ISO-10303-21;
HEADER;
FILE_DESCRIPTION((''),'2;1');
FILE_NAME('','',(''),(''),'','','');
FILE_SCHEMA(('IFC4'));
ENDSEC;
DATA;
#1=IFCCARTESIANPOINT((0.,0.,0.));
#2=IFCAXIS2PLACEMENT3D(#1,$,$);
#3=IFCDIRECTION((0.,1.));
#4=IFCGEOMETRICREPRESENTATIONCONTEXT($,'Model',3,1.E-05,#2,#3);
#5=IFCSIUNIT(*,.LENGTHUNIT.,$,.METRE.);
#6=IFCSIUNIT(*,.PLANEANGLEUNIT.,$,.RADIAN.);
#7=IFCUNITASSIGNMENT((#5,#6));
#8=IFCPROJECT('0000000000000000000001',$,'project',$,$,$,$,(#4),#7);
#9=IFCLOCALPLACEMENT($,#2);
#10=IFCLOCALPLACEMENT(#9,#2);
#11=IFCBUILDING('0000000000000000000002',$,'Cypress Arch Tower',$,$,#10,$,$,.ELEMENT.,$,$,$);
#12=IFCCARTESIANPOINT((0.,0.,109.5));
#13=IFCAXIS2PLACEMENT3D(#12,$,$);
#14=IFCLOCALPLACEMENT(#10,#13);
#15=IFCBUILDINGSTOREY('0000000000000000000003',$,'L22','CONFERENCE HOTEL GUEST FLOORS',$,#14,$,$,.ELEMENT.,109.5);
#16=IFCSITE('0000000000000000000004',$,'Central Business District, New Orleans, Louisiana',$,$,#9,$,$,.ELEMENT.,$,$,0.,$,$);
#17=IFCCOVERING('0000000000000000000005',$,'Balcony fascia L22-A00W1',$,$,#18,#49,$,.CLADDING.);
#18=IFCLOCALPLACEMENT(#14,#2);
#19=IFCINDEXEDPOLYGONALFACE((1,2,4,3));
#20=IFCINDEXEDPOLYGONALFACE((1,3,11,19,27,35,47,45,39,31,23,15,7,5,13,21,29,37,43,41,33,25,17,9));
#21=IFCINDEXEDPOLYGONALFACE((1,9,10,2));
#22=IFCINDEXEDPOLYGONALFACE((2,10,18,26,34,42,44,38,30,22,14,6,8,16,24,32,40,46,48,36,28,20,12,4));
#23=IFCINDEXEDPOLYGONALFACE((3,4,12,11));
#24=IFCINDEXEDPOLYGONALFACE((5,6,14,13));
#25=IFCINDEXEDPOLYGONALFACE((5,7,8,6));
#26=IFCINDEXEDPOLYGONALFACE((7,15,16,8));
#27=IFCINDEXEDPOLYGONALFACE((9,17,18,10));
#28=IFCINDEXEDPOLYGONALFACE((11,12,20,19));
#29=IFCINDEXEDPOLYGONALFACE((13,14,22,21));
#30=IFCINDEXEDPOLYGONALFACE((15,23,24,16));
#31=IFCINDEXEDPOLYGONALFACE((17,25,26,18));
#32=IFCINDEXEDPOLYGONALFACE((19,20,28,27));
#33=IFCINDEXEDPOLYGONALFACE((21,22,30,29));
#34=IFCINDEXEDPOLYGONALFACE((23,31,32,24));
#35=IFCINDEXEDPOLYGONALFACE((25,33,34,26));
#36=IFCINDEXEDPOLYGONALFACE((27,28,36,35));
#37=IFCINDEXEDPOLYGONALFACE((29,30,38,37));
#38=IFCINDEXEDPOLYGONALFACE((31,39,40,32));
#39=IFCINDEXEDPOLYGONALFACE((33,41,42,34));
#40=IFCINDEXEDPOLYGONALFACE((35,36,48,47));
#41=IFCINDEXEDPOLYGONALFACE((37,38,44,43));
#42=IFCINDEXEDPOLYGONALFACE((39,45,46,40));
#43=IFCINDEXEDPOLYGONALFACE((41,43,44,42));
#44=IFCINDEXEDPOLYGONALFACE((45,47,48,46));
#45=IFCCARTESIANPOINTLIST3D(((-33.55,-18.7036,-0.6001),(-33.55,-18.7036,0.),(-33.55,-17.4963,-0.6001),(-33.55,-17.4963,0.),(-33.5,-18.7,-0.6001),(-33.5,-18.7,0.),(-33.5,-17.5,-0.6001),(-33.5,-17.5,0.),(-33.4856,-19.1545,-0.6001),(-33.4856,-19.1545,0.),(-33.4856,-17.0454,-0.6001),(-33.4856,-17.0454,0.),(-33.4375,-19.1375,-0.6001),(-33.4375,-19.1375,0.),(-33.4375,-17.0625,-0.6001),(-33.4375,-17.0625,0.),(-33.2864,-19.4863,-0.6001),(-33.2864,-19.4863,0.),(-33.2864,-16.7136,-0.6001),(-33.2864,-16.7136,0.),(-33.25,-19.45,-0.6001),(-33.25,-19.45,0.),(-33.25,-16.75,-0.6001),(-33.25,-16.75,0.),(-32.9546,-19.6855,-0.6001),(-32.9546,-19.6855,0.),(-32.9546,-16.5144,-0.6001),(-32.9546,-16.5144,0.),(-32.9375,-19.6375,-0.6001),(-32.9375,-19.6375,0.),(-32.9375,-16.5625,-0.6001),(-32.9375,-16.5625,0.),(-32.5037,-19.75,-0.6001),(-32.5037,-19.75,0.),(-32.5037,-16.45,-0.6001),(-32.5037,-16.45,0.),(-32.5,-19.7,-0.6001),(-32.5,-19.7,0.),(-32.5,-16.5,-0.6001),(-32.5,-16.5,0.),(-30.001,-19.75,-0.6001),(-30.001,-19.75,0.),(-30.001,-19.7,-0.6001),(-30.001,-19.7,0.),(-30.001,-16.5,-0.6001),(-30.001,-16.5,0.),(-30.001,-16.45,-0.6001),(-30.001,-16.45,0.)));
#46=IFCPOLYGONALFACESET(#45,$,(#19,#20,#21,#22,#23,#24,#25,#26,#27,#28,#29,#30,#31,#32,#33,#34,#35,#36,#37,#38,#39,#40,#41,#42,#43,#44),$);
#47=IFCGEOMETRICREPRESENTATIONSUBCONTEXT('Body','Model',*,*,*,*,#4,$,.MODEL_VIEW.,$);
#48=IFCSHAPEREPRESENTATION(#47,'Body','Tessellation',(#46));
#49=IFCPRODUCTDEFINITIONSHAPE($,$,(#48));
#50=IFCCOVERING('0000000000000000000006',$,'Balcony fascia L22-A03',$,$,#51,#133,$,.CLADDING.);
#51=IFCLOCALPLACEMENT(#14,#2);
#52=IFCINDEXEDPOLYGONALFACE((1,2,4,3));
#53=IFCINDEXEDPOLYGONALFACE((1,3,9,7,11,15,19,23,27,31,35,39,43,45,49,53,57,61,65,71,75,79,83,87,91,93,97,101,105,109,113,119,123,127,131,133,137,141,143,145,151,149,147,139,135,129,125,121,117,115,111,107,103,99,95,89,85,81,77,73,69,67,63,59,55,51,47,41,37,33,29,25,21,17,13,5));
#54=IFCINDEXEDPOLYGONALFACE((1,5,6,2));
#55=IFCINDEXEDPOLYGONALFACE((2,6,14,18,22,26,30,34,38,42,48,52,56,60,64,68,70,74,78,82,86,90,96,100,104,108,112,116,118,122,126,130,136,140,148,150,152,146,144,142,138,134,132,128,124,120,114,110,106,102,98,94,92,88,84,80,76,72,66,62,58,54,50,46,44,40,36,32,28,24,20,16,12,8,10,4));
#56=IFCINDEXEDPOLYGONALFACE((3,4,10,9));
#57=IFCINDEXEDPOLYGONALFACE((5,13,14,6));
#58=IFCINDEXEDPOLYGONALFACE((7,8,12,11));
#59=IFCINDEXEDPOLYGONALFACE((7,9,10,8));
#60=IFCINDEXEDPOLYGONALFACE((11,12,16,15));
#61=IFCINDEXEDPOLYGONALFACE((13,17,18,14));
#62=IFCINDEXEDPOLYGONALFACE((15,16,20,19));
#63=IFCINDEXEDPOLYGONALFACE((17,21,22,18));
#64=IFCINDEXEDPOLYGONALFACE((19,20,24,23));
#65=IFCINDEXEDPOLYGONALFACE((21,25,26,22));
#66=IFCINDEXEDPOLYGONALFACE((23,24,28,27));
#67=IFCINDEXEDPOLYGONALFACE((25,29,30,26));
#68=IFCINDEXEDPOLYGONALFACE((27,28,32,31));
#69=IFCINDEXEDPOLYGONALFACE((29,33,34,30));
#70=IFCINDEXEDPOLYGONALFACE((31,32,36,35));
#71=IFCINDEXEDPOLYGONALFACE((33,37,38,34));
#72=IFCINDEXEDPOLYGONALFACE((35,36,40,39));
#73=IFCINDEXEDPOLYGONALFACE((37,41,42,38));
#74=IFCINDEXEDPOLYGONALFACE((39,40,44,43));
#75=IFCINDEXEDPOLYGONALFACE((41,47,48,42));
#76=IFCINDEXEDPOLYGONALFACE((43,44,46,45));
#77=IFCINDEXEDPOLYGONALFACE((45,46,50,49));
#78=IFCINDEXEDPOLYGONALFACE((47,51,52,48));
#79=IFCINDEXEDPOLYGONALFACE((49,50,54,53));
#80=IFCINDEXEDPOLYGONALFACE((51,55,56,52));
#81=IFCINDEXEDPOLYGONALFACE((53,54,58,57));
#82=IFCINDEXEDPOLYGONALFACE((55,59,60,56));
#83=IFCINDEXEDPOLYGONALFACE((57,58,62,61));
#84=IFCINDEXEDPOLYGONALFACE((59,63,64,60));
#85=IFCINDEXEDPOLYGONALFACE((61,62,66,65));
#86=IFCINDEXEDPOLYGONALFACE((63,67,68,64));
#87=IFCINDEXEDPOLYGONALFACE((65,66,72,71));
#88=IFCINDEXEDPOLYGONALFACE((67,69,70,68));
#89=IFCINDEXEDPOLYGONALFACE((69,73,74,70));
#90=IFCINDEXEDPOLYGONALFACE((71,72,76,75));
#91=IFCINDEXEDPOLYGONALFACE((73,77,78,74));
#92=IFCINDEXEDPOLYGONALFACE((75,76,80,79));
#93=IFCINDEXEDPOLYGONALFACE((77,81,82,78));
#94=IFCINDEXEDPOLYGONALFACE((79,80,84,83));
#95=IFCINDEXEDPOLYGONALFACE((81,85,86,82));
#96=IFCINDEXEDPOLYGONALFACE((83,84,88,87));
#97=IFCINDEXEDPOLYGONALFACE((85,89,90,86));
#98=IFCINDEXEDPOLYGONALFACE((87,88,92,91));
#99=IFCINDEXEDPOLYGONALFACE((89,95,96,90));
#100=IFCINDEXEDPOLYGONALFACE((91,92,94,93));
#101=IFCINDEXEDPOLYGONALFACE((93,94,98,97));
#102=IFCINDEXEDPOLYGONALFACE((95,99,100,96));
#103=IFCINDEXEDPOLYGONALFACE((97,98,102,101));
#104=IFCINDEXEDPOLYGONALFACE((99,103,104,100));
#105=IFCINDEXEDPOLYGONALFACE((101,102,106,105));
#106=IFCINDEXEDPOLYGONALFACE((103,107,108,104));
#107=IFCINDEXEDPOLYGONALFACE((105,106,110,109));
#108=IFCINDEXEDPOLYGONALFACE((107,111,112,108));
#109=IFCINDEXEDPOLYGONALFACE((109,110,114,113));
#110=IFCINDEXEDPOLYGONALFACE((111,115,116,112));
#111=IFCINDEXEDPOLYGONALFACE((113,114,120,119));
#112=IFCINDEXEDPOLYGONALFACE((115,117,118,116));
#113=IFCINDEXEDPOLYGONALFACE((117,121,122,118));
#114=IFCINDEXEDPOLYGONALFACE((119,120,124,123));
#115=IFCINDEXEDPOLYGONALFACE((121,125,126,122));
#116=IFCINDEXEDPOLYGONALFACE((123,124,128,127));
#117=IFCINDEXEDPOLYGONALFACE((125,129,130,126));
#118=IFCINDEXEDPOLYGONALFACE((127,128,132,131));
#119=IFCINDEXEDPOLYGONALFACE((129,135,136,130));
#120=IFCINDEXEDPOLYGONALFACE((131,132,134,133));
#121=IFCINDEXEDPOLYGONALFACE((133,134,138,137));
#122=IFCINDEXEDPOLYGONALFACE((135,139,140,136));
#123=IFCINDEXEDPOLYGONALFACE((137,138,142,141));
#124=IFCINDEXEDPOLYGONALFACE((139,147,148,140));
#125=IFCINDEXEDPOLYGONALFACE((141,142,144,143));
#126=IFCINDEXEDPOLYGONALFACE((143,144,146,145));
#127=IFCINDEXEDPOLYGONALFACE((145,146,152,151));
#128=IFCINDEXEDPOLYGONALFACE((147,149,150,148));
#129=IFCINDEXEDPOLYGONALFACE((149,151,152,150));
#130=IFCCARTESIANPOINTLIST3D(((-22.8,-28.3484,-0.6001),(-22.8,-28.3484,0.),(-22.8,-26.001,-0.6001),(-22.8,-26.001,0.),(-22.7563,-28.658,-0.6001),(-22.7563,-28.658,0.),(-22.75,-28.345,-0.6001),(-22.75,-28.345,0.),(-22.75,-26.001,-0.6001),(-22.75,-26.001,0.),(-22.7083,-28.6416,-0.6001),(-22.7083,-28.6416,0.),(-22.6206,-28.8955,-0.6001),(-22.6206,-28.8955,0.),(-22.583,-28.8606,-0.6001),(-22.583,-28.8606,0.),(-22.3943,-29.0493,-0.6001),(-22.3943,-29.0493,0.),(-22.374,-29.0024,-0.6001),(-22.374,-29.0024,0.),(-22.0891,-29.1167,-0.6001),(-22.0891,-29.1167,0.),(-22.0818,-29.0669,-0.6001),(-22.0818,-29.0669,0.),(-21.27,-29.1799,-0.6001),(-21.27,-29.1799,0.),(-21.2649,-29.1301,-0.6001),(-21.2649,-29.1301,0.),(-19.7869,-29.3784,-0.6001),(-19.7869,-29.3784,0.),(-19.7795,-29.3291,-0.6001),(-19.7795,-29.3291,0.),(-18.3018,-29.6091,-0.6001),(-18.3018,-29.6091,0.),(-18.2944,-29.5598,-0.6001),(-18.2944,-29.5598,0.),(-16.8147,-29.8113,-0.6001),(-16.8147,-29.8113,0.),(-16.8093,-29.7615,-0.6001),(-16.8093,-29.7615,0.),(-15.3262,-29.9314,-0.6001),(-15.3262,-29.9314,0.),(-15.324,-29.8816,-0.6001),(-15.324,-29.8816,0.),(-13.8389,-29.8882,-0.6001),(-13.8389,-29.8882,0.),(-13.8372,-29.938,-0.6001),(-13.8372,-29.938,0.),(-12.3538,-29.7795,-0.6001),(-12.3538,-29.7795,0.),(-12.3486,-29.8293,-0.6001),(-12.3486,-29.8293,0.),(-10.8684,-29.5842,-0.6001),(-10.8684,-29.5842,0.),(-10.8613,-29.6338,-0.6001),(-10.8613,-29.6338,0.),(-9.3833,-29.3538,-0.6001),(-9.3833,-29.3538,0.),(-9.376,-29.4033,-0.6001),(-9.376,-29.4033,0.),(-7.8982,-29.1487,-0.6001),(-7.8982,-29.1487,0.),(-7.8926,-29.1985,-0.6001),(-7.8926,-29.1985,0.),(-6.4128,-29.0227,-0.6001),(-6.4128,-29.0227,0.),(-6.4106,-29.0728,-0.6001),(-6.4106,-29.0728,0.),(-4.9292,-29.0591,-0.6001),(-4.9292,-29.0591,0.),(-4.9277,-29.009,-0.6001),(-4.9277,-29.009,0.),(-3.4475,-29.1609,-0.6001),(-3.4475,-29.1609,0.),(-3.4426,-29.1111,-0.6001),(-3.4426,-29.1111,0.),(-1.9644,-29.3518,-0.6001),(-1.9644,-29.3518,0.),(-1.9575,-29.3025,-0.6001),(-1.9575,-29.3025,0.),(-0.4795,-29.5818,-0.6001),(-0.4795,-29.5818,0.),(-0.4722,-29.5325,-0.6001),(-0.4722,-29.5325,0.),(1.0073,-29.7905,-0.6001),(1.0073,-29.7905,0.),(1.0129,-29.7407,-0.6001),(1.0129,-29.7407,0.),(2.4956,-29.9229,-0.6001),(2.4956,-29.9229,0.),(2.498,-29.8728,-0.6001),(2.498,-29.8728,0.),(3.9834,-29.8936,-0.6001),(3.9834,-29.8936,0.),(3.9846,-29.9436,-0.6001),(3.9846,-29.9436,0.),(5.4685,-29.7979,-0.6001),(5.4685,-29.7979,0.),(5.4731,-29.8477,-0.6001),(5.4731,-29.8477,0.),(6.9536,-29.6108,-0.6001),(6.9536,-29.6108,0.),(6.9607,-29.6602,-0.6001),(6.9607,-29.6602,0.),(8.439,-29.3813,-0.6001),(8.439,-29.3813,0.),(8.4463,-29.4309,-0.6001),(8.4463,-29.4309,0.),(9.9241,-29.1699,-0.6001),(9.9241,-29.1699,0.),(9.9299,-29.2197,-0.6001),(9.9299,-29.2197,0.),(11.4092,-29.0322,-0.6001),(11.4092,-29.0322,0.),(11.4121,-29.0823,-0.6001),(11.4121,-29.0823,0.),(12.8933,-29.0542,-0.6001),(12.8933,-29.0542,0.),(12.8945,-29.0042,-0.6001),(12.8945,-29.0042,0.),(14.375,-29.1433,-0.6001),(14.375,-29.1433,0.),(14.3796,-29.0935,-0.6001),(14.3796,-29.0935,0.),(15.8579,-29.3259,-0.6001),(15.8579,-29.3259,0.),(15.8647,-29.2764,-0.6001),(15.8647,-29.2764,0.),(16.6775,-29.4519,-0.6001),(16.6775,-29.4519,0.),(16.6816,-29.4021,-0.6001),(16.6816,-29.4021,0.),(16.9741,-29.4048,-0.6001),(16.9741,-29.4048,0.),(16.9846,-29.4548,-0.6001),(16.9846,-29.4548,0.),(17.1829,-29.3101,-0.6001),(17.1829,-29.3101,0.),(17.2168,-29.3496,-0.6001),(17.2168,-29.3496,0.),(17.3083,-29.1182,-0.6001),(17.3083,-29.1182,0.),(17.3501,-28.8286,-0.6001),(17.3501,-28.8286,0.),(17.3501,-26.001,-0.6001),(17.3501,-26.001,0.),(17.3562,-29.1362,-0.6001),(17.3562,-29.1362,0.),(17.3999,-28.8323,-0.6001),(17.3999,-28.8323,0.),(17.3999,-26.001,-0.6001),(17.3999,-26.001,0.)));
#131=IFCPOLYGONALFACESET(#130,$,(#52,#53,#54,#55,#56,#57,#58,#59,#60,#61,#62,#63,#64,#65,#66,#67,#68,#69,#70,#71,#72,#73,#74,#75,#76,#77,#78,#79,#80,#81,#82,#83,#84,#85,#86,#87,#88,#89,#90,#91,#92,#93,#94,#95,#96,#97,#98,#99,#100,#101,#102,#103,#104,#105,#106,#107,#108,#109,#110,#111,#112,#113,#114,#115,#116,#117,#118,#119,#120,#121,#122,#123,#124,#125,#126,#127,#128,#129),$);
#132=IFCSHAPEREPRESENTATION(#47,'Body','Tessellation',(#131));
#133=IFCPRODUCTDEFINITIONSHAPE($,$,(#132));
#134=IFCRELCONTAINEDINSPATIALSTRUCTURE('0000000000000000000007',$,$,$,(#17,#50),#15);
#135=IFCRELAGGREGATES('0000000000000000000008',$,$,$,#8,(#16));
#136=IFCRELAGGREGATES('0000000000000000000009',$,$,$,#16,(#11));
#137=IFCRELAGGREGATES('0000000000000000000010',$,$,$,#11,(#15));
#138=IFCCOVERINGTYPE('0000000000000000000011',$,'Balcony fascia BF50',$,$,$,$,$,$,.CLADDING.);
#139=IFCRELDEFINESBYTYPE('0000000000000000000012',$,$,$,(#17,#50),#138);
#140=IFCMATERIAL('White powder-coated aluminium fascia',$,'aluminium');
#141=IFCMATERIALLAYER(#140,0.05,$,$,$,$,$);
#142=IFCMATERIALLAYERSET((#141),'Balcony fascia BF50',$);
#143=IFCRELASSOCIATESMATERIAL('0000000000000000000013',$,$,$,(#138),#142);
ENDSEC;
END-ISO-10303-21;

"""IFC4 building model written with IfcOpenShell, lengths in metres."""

from ifc_helpers import new_model, si_unit, direction, frame, origin, place, context, subcontext, project, spatial, polyline, outline, extrude, material, layer, layer_set, type_object, element, save


model = new_model("IFC4")

# Units and contexts
model_context = context("Model", 3, precision=1e-05, world=origin(), true_north=direction((0.0, 1.0)))
body_context = subcontext(model_context, "Body", "Model", "MODEL_VIEW")
ifc_project = project(units=[si_unit("LENGTHUNIT", "METRE"), si_unit("PLANEANGLEUNIT", "RADIAN")], contexts=[model_context])

# Site, building, storey
site_placement = place(None, origin())
site = spatial("IfcSite", under=ifc_project, at=site_placement, Name="Central Business District, New Orleans, Louisiana", CompositionType="ELEMENT", RefElevation=0.0)
building_placement = place(site_placement, origin())
building = spatial("IfcBuilding", under=site, at=building_placement, Name="Cypress Arch Tower", CompositionType="ELEMENT")
storey_placement = place(building_placement, frame((0.0, 0.0, 109.5)))
storey = spatial("IfcBuildingStorey", under=building, at=storey_placement, Name="L22", Description="CONFERENCE HOTEL GUEST FLOORS", CompositionType="ELEMENT", Elevation=109.5)

# Coverings
ifc_material_1 = material(Name="White powder-coated aluminium fascia", Category="aluminium")
ifc_layer_1 = layer(ifc_material_1, 0.05)
ifc_layer_set_1 = layer_set([ifc_layer_1], Name="Balcony fascia BF50")
covering_type_1 = type_object("IfcCoveringType", Name="Balcony fascia BF50", PredefinedType="CLADDING", material=ifc_layer_set_1)
covering_1_placement = place(storey_placement, frame((0.0, 0.0, -0.6001)))
element("IfcCovering", 1, at=covering_1_placement, inside=storey, type_object=covering_type_1, Name="Balcony fascia L22-A00W1", PredefinedType="CLADDING", context=body_context, shape_type="SweptSolid", body=[
    extrude(outline(polyline([(-32.5037, -19.75), (-32.9546, -19.6855), (-33.2864, -19.4863), (-33.4856, -19.1545), (-33.55, -18.7036), (-33.55, -17.4963), (-33.4856, -17.0454), (-33.2864, -16.7136), (-32.9546, -16.5144), (-32.5037, -16.45), (-30.001, -16.45), (-30.001, -16.5), (-32.5, -16.5), (-32.9375, -16.5625), (-33.25, -16.75), (-33.4375, -17.0625), (-33.5, -17.5), (-33.5, -18.7), (-33.4375, -19.1375), (-33.25, -19.45), (-32.9375, -19.6375), (-32.5, -19.7), (-30.001, -19.7), (-30.001, -19.75), (-32.5037, -19.75)])), origin(), (0.0, 0.0, 1.0), 0.6001),
])
covering_2_placement = place(storey_placement, frame((0.0, 0.0, -0.6001)))
element("IfcCovering", 2, at=covering_2_placement, inside=storey, type_object=covering_type_1, Name="Balcony fascia L22-A03", PredefinedType="CLADDING", context=body_context, shape_type="SweptSolid", body=[
    extrude(outline(polyline([(17.3999, -28.8323), (17.3562, -29.1362), (17.2168, -29.3496), (16.9846, -29.4548), (16.6775, -29.4519), (15.8579, -29.3259), (14.375, -29.1433), (12.8933, -29.0542), (11.4121, -29.0823), (9.9299, -29.2197), (8.4463, -29.4309), (6.9607, -29.6602), (5.4731, -29.8477), (3.9846, -29.9436), (2.4956, -29.9229), (1.0073, -29.7905), (-0.4795, -29.5818), (-1.9644, -29.3518), (-3.4475, -29.1609), (-4.9292, -29.0591), (-6.4106, -29.0728), (-7.8926, -29.1985), (-9.376, -29.4033), (-10.8613, -29.6338), (-12.3486, -29.8293), (-13.8372, -29.938), (-15.3262, -29.9314), (-16.8147, -29.8113), (-18.3018, -29.6091), (-19.7869, -29.3784), (-21.27, -29.1799), (-22.0891, -29.1167), (-22.3943, -29.0493), (-22.6206, -28.8955), (-22.7563, -28.658), (-22.8, -28.3484), (-22.8, -26.001), (-22.75, -26.001), (-22.75, -28.345), (-22.7083, -28.6416), (-22.583, -28.8606), (-22.374, -29.0024), (-22.0818, -29.0669), (-21.2649, -29.1301), (-19.7795, -29.3291), (-18.2944, -29.5598), (-16.8093, -29.7615), (-15.324, -29.8816), (-13.8389, -29.8882), (-12.3538, -29.7795), (-10.8684, -29.5842), (-9.3833, -29.3538), (-7.8982, -29.1487), (-6.4128, -29.0227), (-4.9277, -29.009), (-3.4426, -29.1111), (-1.9575, -29.3025), (-0.4722, -29.5325), (1.0129, -29.7407), (2.498, -29.8728), (3.9834, -29.8936), (5.4685, -29.7979), (6.9536, -29.6108), (8.439, -29.3813), (9.9241, -29.1699), (11.4092, -29.0322), (12.8945, -29.0042), (14.3796, -29.0935), (15.8647, -29.2764), (16.6816, -29.4021), (16.9741, -29.4048), (17.1829, -29.3101), (17.3083, -29.1182), (17.3501, -28.8286), (17.3501, -26.001), (17.3999, -26.001), (17.3999, -28.8323)])), origin(), (0.0, 0.0, 1.0), 0.6001),
])

save(model, "model.ifc")
